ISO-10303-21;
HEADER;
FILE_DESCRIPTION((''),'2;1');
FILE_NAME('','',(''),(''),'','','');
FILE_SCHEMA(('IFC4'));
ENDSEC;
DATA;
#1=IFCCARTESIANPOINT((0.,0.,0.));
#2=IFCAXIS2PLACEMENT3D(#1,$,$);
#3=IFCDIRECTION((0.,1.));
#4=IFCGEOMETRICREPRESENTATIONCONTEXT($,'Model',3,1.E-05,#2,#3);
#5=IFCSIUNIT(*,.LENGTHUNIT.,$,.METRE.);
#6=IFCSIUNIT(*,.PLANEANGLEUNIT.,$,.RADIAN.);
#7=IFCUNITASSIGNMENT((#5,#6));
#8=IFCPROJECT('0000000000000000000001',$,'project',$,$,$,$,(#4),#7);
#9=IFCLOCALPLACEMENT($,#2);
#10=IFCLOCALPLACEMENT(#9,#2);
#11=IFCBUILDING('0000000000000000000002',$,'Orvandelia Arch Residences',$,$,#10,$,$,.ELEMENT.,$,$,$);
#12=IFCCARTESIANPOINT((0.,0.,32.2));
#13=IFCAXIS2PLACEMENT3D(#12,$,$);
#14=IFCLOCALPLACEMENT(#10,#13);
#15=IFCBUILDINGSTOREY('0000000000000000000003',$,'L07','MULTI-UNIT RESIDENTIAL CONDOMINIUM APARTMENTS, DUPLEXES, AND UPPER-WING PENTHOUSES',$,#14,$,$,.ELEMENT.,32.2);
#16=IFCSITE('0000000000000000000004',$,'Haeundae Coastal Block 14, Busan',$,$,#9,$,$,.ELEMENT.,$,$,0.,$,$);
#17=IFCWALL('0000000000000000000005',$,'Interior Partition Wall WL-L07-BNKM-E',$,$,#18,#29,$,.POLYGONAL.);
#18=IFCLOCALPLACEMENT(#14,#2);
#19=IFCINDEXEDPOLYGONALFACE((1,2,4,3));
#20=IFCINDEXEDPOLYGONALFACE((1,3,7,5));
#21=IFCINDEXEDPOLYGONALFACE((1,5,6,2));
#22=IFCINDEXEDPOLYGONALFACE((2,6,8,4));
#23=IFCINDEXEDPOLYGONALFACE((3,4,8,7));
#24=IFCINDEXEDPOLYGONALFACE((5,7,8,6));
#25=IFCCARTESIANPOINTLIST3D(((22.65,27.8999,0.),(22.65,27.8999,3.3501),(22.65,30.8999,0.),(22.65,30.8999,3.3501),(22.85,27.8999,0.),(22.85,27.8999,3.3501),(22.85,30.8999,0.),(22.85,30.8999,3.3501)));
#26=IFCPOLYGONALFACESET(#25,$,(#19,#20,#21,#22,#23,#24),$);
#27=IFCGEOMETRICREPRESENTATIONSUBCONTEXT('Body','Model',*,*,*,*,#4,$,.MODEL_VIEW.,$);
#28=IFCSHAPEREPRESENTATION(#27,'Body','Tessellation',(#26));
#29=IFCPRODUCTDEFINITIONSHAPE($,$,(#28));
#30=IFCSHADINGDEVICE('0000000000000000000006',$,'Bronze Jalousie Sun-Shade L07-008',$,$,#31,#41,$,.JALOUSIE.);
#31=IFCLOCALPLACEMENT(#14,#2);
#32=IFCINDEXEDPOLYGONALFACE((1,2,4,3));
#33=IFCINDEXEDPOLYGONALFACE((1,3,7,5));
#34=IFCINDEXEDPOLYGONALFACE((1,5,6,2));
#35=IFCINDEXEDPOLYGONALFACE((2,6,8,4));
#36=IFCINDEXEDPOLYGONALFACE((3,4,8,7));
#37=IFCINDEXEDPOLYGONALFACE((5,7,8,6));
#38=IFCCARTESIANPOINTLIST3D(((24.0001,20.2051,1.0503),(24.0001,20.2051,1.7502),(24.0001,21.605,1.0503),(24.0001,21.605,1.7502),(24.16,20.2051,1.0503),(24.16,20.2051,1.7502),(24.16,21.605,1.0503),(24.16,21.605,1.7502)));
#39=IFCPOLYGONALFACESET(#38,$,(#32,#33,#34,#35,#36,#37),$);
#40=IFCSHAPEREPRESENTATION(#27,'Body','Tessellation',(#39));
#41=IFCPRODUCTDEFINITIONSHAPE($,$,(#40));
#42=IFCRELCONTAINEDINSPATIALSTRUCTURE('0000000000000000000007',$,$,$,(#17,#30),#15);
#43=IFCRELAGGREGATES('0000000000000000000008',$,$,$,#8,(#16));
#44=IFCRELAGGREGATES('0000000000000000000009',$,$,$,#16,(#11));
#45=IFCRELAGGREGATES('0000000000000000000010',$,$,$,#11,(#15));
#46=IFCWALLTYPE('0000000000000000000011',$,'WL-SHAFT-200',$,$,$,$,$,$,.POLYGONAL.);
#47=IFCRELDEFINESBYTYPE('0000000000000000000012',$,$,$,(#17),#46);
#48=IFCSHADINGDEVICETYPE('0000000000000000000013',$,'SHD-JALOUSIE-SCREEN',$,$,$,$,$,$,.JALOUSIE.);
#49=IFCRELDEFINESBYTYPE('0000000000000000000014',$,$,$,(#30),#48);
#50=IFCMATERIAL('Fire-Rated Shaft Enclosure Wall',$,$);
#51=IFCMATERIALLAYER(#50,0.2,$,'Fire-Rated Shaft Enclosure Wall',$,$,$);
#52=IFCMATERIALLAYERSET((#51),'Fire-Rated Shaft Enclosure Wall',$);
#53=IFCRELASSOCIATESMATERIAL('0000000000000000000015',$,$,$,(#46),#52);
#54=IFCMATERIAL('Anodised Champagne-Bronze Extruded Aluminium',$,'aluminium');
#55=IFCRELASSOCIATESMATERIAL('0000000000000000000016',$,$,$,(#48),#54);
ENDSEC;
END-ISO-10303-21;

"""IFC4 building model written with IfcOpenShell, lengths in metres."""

from ifc_helpers import new_model, si_unit, direction, frame, frame_2d, origin, origin_2d, place, context, subcontext, project, spatial, rectangle, extrude, material, layer, layer_set, type_object, element, save


model = new_model("IFC4")

# Units and contexts
model_context = context("Model", 3, precision=1e-05, world=origin(), true_north=direction((0.0, 1.0)))
body_context = subcontext(model_context, "Body", "Model", "MODEL_VIEW")
ifc_project = project(units=[si_unit("LENGTHUNIT", "METRE"), si_unit("PLANEANGLEUNIT", "RADIAN")], contexts=[model_context])

# Site, building, storey
site_placement = place(None, origin())
site = spatial("IfcSite", under=ifc_project, at=site_placement, Name="Haeundae Coastal Block 14, Busan", CompositionType="ELEMENT", RefElevation=0.0)
building_placement = place(site_placement, origin())
building = spatial("IfcBuilding", under=site, at=building_placement, Name="Orvandelia Arch Residences", CompositionType="ELEMENT")
storey_placement = place(building_placement, frame((0.0, 0.0, 32.2)))
storey = spatial("IfcBuildingStorey", under=building, at=storey_placement, Name="L07", Description="MULTI-UNIT RESIDENTIAL CONDOMINIUM APARTMENTS, DUPLEXES, AND UPPER-WING PENTHOUSES", CompositionType="ELEMENT", Elevation=32.2)

# Wall
ifc_material_1 = material(Name="Fire-Rated Shaft Enclosure Wall")
ifc_layer_1 = layer(ifc_material_1, 0.2, Name="Fire-Rated Shaft Enclosure Wall")
ifc_layer_set_1 = layer_set([ifc_layer_1], Name="Fire-Rated Shaft Enclosure Wall")
wall_type_1 = type_object("IfcWallType", Name="WL-SHAFT-200", PredefinedType="POLYGONAL", material=ifc_layer_set_1)
wall_1_placement = place(storey_placement, frame((22.75, 27.8999, 0.0), z_axis=(0.0, 0.0, 1.0), x_axis=(0.0, 1.0, 0.0)))
element("IfcWall", 1, at=wall_1_placement, inside=storey, type_object=wall_type_1, Name="Interior Partition Wall WL-L07-BNKM-E", PredefinedType="POLYGONAL", context=body_context, shape_type="SweptSolid", body=[
    extrude(rectangle(XDim=3.0, YDim=0.2, at=frame_2d((1.5, 0.0))), origin(), (0.0, 0.0, 1.0), 3.3501),
])

# Shading device
ifc_material_2 = material(Name="Anodised Champagne-Bronze Extruded Aluminium", Category="aluminium")
shading_device_type = type_object("IfcShadingDeviceType", Name="SHD-JALOUSIE-SCREEN", PredefinedType="JALOUSIE", material=ifc_material_2)
shading_device_placement = place(storey_placement, frame((24.0801, 20.905, 1.0503), z_axis=(0.0, 0.0, 1.0), x_axis=(0.0, -1.0, 0.0)))
element("IfcShadingDevice", 2, at=shading_device_placement, inside=storey, type_object=shading_device_type, Name="Bronze Jalousie Sun-Shade L07-008", PredefinedType="JALOUSIE", context=body_context, shape_type="SweptSolid", body=[
    extrude(rectangle(XDim=1.3999, YDim=0.1599, at=origin_2d()), origin(), (0.0, 0.0, 1.0), 0.7),
])

save(model, "model.ifc")
